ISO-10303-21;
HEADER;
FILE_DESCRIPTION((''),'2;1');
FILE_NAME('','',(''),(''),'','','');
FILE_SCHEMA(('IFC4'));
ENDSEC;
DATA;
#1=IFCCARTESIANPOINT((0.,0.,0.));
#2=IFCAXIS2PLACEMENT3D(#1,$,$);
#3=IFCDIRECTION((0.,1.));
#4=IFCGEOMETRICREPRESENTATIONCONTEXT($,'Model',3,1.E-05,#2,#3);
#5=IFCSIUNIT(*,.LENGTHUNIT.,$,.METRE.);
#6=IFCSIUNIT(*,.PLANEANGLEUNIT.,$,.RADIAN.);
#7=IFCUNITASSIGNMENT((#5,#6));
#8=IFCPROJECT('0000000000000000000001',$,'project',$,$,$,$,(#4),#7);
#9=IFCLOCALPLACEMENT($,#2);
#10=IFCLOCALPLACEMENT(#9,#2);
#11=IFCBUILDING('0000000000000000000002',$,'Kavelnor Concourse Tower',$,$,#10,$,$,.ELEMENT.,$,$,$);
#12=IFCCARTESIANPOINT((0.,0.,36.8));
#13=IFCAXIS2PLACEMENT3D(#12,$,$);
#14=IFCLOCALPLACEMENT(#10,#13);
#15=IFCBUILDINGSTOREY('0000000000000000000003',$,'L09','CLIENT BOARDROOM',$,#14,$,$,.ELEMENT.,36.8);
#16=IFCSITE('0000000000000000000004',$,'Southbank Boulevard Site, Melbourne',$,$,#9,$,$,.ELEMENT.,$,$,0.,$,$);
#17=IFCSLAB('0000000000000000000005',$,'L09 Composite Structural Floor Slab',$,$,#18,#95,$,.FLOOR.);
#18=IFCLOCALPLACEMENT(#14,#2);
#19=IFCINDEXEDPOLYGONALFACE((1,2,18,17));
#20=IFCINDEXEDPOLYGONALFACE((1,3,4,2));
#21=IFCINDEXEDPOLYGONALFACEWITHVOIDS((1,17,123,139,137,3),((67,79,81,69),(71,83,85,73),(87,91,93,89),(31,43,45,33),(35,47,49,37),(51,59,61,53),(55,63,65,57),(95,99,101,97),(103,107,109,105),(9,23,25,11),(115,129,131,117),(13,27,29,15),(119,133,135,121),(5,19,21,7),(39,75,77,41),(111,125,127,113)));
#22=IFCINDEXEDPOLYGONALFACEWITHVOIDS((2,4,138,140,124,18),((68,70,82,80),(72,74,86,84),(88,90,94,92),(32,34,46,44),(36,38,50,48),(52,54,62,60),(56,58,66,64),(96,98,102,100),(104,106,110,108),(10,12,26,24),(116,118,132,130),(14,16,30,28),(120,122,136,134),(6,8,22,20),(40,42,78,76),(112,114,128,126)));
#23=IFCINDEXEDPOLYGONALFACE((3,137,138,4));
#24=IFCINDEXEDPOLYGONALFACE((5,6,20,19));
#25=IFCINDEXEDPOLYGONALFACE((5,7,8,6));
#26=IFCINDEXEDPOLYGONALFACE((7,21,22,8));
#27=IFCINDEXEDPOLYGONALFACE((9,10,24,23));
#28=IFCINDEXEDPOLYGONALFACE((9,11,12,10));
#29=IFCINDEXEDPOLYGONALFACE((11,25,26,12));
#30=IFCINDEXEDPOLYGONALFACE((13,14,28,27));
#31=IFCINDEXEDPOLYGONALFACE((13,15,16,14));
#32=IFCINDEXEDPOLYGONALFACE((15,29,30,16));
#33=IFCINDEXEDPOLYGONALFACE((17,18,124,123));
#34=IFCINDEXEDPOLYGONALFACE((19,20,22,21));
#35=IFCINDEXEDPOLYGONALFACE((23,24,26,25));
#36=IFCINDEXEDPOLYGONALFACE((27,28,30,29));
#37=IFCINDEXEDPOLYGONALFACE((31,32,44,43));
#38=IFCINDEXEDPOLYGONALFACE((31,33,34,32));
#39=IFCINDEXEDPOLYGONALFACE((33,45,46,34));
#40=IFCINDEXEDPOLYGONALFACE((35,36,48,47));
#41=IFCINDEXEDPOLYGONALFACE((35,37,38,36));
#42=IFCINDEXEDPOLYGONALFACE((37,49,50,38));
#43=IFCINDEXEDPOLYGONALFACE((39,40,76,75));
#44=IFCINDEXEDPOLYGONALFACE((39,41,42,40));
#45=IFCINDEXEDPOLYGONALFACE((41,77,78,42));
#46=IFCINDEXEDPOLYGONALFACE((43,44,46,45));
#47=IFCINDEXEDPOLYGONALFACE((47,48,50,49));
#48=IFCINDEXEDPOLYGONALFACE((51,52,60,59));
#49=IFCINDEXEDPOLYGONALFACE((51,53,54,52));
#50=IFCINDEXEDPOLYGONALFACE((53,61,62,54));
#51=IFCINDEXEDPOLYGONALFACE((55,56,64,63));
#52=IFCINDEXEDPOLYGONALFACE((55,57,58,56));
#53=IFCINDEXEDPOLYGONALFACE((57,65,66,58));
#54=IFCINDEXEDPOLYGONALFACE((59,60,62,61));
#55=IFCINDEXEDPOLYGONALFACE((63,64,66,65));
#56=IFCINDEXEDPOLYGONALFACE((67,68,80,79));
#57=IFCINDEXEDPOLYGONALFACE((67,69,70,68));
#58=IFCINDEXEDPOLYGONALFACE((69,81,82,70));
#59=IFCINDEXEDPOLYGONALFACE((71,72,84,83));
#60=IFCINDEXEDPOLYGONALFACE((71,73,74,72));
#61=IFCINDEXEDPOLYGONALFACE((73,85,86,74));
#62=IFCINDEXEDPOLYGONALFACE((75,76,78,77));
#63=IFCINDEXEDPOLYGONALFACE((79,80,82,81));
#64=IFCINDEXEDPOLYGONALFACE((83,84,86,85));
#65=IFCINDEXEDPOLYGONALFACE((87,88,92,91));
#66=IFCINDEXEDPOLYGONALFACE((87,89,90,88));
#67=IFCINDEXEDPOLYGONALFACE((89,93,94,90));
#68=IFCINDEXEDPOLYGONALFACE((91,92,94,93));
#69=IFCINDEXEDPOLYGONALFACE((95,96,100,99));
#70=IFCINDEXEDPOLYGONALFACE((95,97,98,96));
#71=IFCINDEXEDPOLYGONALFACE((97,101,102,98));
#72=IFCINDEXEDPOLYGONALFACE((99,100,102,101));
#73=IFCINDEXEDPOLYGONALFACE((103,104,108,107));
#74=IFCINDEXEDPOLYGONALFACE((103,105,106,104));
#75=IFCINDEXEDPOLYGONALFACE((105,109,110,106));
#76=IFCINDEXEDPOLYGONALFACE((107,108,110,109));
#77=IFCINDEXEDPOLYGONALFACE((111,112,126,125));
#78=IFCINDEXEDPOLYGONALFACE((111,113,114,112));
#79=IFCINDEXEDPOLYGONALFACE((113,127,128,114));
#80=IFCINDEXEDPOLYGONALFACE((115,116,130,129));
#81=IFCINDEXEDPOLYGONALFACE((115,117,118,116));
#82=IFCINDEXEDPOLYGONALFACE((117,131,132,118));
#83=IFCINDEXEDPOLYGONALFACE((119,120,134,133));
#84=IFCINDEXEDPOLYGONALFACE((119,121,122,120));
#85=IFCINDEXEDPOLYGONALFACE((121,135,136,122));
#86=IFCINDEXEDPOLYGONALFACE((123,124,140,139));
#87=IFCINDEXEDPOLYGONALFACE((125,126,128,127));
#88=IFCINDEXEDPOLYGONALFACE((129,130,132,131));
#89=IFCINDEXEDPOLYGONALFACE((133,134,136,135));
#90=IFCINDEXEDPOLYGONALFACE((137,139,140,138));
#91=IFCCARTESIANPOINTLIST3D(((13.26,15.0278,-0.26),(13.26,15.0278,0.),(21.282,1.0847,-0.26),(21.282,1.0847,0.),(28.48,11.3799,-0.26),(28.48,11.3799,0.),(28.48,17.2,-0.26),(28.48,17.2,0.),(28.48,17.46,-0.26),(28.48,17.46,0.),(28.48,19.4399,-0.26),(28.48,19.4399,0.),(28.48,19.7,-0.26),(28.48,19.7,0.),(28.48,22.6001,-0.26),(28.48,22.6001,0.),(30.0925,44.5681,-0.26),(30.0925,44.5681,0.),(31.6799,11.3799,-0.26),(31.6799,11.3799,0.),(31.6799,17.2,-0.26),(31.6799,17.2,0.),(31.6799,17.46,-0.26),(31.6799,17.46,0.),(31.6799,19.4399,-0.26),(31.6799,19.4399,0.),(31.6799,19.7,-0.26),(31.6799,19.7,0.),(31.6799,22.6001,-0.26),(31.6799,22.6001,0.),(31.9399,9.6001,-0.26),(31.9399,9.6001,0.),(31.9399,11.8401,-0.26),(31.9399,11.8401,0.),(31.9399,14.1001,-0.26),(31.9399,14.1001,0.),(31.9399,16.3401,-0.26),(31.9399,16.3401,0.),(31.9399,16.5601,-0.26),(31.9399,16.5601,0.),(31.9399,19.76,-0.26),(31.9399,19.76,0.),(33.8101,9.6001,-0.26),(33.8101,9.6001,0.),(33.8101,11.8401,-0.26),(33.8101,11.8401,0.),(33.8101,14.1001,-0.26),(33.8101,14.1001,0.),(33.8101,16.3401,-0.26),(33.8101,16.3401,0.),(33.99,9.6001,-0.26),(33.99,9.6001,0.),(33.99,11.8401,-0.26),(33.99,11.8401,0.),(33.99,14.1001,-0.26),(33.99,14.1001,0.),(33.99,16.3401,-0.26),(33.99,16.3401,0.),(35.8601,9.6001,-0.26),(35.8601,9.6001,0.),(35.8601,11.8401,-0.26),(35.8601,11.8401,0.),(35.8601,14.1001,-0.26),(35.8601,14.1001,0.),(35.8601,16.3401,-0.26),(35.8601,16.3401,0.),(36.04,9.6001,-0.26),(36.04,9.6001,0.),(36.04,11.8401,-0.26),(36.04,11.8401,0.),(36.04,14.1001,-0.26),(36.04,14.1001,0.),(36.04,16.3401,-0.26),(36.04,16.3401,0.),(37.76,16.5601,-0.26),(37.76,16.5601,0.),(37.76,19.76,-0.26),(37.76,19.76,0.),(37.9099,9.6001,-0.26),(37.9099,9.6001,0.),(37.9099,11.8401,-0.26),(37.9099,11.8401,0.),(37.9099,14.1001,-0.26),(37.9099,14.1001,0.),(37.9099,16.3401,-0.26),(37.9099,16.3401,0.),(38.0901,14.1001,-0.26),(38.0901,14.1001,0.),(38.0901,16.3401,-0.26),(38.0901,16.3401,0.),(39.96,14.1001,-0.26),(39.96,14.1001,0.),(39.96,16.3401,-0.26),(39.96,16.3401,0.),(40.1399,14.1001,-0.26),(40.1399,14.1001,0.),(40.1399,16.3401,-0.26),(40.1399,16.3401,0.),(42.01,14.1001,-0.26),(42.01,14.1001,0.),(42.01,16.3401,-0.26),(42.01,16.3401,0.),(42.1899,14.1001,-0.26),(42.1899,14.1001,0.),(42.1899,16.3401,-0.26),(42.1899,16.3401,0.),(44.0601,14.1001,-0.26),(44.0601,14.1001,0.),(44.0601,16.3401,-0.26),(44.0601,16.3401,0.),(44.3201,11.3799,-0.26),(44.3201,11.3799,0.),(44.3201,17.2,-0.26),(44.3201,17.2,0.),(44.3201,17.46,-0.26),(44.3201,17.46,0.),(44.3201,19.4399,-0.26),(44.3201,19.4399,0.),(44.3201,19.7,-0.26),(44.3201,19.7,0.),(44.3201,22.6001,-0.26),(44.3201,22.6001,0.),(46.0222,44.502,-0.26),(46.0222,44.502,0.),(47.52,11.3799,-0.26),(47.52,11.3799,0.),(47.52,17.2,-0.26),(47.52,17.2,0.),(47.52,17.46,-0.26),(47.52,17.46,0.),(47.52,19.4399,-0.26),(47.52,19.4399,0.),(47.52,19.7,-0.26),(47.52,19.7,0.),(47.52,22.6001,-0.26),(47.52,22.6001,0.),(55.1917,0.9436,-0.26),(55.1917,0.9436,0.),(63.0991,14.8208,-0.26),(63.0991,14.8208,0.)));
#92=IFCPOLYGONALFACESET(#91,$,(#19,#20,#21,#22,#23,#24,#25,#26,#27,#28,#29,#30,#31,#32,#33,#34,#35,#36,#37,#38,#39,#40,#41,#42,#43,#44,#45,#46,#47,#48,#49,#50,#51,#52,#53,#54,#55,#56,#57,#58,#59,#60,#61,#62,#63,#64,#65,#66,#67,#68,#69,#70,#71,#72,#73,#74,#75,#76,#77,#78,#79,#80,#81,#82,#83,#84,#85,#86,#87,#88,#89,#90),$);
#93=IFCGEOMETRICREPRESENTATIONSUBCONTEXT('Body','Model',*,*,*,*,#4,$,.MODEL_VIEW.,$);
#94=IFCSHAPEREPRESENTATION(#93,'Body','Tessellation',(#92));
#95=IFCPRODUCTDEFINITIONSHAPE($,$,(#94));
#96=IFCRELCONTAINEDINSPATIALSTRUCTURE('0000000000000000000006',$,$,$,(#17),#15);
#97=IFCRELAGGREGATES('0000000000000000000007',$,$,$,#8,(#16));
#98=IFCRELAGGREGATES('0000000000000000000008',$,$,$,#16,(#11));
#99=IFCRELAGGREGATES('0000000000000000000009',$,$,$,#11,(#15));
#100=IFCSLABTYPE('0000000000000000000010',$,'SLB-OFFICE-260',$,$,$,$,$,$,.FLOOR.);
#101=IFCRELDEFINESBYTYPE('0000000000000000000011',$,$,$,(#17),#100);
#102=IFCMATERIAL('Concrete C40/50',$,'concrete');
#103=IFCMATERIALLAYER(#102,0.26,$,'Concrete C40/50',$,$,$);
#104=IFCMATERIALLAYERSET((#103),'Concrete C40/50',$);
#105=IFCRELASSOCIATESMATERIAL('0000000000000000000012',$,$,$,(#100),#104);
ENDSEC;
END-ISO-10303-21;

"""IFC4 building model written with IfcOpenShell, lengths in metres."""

from ifc_helpers import new_model, si_unit, direction, frame, origin, place, context, subcontext, project, spatial, polyline, outline, extrude, material, layer, layer_set, type_object, element, save


model = new_model("IFC4")

# Units and contexts
model_context = context("Model", 3, precision=1e-05, world=origin(), true_north=direction((0.0, 1.0)))
body_context = subcontext(model_context, "Body", "Model", "MODEL_VIEW")
ifc_project = project(units=[si_unit("LENGTHUNIT", "METRE"), si_unit("PLANEANGLEUNIT", "RADIAN")], contexts=[model_context])

# Site, building, storey
site_placement = place(None, origin())
site = spatial("IfcSite", under=ifc_project, at=site_placement, Name="Southbank Boulevard Site, Melbourne", CompositionType="ELEMENT", RefElevation=0.0)
building_placement = place(site_placement, origin())
building = spatial("IfcBuilding", under=site, at=building_placement, Name="Kavelnor Concourse Tower", CompositionType="ELEMENT")
storey_placement = place(building_placement, frame((0.0, 0.0, 36.8)))
storey = spatial("IfcBuildingStorey", under=building, at=storey_placement, Name="L09", Description="CLIENT BOARDROOM", CompositionType="ELEMENT", Elevation=36.8)

# Shared definitions
ifc_material_1 = material(Name="Concrete C40/50", Category="concrete")

# Slab
ifc_layer_1 = layer(ifc_material_1, 0.26, Name="Concrete C40/50")
ifc_layer_set_1 = layer_set([ifc_layer_1], Name="Concrete C40/50")
slab_type_1 = type_object("IfcSlabType", Name="SLB-OFFICE-260", PredefinedType="FLOOR", material=ifc_layer_set_1)
slab_1_placement = place(storey_placement, frame((0.0, 0.0, -0.26)))
element("IfcSlab", 1, at=slab_1_placement, inside=storey, type_object=slab_type_1, Name="L09 Composite Structural Floor Slab", PredefinedType="FLOOR", context=body_context, shape_type="SweptSolid", body=[
    extrude(outline(polyline([(46.0222, 44.502), (30.0925, 44.5681), (13.26, 15.0278), (21.282, 1.0847), (55.1917, 0.9436), (63.0991, 14.8208), (46.0222, 44.502)]), holes=[polyline([(28.48, 11.3799), (31.6799, 11.3799), (31.6799, 17.2), (28.48, 17.2), (28.48, 11.3799)]), polyline([(44.3201, 11.3799), (47.52, 11.3799), (47.52, 17.2), (44.3201, 17.2), (44.3201, 11.3799)]), polyline([(31.9399, 16.5601), (37.76, 16.5601), (37.76, 19.76), (31.9399, 19.76), (31.9399, 16.5601)]), polyline([(28.48, 19.7), (31.6799, 19.7), (31.6799, 22.6001), (28.48, 22.6001), (28.48, 19.7)]), polyline([(44.3201, 19.7), (47.52, 19.7), (47.52, 22.6001), (44.3201, 22.6001), (44.3201, 19.7)]), polyline([(31.9399, 14.1001), (33.8101, 14.1001), (33.8101, 16.3401), (31.9399, 16.3401), (31.9399, 14.1001)]), polyline([(33.99, 14.1001), (35.8601, 14.1001), (35.8601, 16.3401), (33.99, 16.3401), (33.99, 14.1001)]), polyline([(36.04, 14.1001), (37.9099, 14.1001), (37.9099, 16.3401), (36.04, 16.3401), (36.04, 14.1001)]), polyline([(38.0901, 14.1001), (39.96, 14.1001), (39.96, 16.3401), (38.0901, 16.3401), (38.0901, 14.1001)]), polyline([(40.1399, 14.1001), (42.01, 14.1001), (42.01, 16.3401), (40.1399, 16.3401), (40.1399, 14.1001)]), polyline([(42.1899, 14.1001), (44.0601, 14.1001), (44.0601, 16.3401), (42.1899, 16.3401), (42.1899, 14.1001)]), polyline([(31.9399, 9.6001), (33.8101, 9.6001), (33.8101, 11.8401), (31.9399, 11.8401), (31.9399, 9.6001)]), polyline([(33.99, 9.6001), (35.8601, 9.6001), (35.8601, 11.8401), (33.99, 11.8401), (33.99, 9.6001)]), polyline([(36.04, 9.6001), (37.9099, 9.6001), (37.9099, 11.8401), (36.04, 11.8401), (36.04, 9.6001)]), polyline([(28.48, 17.46), (31.6799, 17.46), (31.6799, 19.4399), (28.48, 19.4399), (28.48, 17.46)]), polyline([(44.3201, 17.46), (47.52, 17.46), (47.52, 19.4399), (44.3201, 19.4399), (44.3201, 17.46)])]), origin(), (0.0, 0.0, 1.0), 0.26),
])

save(model, "model.ifc")
